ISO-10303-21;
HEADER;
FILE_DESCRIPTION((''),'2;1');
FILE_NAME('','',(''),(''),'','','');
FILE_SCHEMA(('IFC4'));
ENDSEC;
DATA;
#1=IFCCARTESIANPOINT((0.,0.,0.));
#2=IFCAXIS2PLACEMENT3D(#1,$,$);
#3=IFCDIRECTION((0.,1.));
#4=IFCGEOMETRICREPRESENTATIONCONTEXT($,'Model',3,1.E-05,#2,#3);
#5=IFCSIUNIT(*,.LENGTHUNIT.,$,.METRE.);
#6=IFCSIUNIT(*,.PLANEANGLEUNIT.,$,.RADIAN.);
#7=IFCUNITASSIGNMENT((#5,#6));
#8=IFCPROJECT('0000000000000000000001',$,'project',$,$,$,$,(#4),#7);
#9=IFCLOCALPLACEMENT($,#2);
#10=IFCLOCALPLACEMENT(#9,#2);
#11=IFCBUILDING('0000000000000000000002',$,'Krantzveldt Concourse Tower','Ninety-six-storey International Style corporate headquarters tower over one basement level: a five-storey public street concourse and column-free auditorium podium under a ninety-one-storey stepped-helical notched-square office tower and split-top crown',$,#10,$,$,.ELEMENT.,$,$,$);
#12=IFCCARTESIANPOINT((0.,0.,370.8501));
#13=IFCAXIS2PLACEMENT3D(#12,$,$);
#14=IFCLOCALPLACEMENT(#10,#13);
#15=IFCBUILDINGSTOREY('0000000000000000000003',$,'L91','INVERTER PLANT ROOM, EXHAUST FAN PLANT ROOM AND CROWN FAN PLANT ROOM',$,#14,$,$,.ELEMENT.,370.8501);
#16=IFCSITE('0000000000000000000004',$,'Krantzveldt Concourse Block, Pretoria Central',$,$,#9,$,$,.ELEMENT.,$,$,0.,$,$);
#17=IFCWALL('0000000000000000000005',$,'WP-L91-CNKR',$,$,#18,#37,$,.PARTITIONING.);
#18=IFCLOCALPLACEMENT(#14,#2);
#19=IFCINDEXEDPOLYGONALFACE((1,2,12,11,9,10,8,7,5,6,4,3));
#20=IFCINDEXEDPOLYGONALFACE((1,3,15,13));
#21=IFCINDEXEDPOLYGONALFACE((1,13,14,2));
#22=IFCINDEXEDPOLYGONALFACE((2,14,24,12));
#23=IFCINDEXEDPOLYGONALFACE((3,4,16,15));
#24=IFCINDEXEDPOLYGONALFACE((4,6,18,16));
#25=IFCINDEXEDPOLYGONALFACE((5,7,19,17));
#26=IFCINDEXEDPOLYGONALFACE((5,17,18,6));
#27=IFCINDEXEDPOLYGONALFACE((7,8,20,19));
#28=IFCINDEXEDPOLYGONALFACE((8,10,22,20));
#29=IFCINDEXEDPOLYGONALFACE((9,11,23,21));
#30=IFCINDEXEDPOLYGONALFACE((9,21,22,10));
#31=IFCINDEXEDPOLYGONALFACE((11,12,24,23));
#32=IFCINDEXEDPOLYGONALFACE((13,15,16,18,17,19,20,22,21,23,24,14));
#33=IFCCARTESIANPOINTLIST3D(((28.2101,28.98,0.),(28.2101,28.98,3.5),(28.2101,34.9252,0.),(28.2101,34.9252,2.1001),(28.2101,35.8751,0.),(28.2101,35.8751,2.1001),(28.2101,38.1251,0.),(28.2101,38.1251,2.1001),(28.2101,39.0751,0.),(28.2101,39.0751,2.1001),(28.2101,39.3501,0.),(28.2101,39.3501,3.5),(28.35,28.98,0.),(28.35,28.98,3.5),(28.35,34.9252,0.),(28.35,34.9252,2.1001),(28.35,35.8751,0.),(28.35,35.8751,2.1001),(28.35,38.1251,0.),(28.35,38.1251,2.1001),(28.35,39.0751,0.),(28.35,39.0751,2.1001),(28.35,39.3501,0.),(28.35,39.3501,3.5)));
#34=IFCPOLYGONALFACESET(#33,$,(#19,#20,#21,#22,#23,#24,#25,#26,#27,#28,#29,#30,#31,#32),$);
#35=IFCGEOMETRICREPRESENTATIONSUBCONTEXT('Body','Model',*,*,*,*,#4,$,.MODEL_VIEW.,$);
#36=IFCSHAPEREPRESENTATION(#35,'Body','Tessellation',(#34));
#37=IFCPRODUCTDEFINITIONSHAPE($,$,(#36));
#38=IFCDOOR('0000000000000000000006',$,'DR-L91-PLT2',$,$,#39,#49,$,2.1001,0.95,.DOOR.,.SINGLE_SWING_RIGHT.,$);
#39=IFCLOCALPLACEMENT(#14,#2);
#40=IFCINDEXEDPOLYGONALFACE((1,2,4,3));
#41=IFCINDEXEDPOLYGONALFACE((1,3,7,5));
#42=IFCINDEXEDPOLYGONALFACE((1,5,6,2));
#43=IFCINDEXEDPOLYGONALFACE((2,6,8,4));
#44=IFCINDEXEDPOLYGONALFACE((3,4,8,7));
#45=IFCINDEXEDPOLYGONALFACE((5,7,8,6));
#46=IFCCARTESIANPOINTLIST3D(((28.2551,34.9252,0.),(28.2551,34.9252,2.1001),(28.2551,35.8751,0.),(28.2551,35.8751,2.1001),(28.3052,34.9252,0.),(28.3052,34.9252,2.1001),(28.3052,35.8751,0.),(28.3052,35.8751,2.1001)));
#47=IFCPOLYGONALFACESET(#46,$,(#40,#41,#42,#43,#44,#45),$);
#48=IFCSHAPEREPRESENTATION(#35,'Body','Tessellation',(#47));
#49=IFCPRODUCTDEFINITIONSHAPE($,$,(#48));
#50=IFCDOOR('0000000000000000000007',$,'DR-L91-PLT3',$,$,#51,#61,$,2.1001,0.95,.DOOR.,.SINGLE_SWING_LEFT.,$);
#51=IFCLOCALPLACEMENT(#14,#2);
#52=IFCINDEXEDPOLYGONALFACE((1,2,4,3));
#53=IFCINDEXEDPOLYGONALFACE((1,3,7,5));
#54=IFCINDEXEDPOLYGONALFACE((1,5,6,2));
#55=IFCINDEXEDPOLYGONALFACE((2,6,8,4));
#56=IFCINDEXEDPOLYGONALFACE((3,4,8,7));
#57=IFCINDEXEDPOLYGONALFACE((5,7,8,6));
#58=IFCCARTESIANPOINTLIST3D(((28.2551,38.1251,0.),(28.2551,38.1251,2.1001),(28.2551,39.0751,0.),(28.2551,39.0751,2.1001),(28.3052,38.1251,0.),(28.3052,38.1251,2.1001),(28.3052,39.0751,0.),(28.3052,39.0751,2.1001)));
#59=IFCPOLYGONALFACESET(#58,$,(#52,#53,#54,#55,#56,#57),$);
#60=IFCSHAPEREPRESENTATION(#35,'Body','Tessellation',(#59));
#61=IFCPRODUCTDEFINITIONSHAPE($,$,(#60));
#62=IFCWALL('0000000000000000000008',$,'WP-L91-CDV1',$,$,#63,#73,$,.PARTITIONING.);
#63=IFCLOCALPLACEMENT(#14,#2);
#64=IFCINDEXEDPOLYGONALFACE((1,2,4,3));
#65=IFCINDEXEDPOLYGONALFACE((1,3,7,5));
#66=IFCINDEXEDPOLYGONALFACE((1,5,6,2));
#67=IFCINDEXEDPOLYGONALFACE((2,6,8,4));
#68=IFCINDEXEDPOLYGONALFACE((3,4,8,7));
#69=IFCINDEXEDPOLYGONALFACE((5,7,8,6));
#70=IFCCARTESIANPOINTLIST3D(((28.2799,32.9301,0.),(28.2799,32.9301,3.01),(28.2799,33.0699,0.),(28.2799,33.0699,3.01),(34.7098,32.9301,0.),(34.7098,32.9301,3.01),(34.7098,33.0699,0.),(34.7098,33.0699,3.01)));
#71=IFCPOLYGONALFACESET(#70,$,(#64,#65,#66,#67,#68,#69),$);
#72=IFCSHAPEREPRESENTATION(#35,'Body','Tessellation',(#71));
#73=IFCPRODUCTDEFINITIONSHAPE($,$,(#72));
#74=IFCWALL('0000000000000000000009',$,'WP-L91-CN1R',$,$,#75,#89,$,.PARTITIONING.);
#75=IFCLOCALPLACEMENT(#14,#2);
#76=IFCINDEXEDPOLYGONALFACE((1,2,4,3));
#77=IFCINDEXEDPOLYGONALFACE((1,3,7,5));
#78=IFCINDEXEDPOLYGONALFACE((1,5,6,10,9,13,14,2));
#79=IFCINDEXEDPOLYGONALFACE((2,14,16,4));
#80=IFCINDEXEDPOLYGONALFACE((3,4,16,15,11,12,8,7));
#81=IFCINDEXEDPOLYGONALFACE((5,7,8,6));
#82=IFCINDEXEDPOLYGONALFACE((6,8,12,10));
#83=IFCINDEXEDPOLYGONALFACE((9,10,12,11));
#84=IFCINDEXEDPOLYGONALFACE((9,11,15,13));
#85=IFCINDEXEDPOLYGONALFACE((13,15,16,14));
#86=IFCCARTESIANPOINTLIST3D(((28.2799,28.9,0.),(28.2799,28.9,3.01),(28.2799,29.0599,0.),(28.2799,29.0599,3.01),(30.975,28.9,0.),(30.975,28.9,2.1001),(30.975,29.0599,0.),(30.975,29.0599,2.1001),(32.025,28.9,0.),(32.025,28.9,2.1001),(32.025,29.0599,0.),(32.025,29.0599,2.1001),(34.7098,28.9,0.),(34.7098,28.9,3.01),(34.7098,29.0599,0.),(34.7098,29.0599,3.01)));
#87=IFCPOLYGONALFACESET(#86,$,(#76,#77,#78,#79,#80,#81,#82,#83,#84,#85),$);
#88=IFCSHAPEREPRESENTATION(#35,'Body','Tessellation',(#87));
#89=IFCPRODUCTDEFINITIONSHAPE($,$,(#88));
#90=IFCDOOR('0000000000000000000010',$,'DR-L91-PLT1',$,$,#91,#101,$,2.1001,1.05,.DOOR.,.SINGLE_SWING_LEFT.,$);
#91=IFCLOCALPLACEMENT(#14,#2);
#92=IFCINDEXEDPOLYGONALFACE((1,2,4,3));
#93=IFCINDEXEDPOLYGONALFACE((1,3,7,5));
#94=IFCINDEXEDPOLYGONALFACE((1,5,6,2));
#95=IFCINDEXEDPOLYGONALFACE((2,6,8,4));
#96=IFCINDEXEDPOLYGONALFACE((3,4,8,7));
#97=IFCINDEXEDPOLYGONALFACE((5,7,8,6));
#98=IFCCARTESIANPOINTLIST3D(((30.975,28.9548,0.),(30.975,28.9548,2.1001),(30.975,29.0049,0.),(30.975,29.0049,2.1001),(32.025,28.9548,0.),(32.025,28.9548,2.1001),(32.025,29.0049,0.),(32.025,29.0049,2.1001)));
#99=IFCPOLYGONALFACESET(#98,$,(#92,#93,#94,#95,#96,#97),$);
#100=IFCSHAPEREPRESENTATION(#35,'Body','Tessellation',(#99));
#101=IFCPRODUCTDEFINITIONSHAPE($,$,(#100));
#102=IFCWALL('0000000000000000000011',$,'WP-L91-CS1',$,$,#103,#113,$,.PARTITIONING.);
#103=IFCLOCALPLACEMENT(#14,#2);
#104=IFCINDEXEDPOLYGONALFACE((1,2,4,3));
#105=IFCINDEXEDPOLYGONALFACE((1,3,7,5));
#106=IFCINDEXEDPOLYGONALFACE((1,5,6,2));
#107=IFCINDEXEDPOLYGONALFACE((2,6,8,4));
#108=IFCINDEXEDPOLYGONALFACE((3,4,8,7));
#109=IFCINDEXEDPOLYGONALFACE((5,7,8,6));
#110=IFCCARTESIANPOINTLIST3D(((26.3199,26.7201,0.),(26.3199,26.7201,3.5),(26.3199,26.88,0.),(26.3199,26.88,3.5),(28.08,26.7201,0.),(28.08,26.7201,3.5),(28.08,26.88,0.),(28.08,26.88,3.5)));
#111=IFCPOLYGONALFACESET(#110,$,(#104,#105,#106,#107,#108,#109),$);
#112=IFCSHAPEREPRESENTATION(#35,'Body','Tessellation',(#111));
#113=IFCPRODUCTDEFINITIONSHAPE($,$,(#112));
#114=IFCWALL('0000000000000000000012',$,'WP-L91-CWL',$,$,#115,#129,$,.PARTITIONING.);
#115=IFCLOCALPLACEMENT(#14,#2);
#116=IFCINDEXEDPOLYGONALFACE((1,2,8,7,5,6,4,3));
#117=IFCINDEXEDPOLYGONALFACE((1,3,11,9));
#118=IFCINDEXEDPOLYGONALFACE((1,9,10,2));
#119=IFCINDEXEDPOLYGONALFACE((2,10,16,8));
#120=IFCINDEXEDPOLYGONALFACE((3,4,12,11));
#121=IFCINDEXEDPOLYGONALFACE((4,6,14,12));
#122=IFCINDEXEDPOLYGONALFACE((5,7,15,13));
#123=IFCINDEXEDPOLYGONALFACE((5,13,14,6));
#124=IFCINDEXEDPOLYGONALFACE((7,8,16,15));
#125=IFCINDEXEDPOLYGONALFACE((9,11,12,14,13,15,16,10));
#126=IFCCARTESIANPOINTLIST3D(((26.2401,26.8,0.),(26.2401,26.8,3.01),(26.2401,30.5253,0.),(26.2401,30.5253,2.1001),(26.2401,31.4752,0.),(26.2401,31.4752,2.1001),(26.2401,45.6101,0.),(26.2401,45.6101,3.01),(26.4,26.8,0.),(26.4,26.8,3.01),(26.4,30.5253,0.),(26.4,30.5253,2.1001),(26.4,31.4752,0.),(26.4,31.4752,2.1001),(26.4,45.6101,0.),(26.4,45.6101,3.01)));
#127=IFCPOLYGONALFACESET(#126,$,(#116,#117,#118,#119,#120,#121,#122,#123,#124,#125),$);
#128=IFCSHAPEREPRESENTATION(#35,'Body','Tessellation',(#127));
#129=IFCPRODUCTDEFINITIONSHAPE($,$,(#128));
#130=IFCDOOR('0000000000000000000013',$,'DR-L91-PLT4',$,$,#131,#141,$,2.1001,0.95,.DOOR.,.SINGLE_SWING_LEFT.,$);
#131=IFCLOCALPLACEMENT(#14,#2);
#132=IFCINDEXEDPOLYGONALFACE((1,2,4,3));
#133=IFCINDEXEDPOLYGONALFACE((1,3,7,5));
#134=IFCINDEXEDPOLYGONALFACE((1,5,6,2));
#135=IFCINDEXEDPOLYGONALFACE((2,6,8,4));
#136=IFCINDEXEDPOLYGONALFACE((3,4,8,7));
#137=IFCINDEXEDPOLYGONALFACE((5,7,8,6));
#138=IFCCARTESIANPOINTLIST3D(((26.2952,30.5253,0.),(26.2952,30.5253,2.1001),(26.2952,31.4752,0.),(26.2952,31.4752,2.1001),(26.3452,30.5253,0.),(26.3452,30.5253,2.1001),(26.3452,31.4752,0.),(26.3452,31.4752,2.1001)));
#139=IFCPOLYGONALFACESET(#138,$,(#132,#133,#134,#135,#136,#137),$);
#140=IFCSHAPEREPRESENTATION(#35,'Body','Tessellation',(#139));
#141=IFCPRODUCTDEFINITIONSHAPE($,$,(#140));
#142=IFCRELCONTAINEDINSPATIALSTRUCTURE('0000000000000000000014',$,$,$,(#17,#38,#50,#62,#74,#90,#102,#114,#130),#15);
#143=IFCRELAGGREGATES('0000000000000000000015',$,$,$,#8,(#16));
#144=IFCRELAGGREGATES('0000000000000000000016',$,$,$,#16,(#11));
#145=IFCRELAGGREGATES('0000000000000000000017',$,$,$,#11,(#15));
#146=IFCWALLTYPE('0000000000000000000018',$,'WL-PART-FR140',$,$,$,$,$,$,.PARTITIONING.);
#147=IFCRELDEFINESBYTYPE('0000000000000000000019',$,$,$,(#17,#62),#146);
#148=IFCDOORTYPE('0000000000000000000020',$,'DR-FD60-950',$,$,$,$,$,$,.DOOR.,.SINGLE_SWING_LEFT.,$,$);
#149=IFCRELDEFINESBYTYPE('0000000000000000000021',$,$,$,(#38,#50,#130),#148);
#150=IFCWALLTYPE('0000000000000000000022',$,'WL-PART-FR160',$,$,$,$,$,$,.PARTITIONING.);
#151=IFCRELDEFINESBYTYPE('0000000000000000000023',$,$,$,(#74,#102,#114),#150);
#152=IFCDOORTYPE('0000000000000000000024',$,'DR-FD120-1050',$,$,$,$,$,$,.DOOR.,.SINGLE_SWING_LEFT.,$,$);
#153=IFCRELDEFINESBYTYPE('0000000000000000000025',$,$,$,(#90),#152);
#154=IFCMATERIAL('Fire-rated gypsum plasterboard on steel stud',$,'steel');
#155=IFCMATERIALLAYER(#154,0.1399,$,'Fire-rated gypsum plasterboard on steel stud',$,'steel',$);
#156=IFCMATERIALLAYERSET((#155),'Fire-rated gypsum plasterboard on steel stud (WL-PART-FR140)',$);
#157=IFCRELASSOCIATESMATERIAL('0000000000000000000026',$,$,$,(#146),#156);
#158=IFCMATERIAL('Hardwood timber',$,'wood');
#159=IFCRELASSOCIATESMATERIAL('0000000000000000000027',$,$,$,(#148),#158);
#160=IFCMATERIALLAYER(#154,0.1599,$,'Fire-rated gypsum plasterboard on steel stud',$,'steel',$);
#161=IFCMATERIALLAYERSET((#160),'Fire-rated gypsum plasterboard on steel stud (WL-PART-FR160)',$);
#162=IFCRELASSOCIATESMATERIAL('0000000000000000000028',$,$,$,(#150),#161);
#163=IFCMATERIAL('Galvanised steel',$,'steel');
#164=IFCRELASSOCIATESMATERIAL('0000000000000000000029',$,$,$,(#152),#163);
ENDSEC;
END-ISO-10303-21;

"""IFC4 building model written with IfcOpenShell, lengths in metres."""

from ifc_helpers import new_model, si_unit, direction, frame, frame_2d, origin, place, context, subcontext, project, spatial, rectangle, extrude, material, layer, layer_set, type_object, element, fill, save


model = new_model("IFC4")

# Units and contexts
model_context = context("Model", 3, precision=1e-05, world=origin(), true_north=direction((0.0, 1.0)))
body_context = subcontext(model_context, "Body", "Model", "MODEL_VIEW")
ifc_project = project(units=[si_unit("LENGTHUNIT", "METRE"), si_unit("PLANEANGLEUNIT", "RADIAN")], contexts=[model_context])

# Site, building, storey
site_placement = place(None, origin())
site = spatial("IfcSite", under=ifc_project, at=site_placement, Name="Krantzveldt Concourse Block, Pretoria Central", CompositionType="ELEMENT", RefElevation=0.0)
building_placement = place(site_placement, origin())
building = spatial("IfcBuilding", under=site, at=building_placement, Name="Krantzveldt Concourse Tower", Description="Ninety-six-storey International Style corporate headquarters tower over one basement level: a five-storey public street concourse and column-free auditorium podium under a ninety-one-storey stepped-helical notched-square office tower and split-top crown", CompositionType="ELEMENT")
storey_placement = place(building_placement, frame((0.0, 0.0, 370.8501)))
storey = spatial("IfcBuildingStorey", under=building, at=storey_placement, Name="L91", Description="INVERTER PLANT ROOM, EXHAUST FAN PLANT ROOM AND CROWN FAN PLANT ROOM", CompositionType="ELEMENT", Elevation=370.8501)

# Shared definitions
ifc_material_1 = material(Name="Fire-rated gypsum plasterboard on steel stud", Category="steel")
ifc_layer_1 = layer(ifc_material_1, 0.1399, Name="Fire-rated gypsum plasterboard on steel stud", Category="steel")
ifc_layer_set_1 = layer_set([ifc_layer_1], Name="Fire-rated gypsum plasterboard on steel stud (WL-PART-FR140)")
wall_type_1 = type_object("IfcWallType", Name="WL-PART-FR140", PredefinedType="PARTITIONING", material=ifc_layer_set_1)

# Wall, openings, doors
wall_1_placement = place(storey_placement, frame((28.28, 28.98, 0.0), z_axis=(0.0, 0.0, 1.0), x_axis=(0.0, 1.0, 0.0)))
wall_1 = element("IfcWall", 1, at=wall_1_placement, inside=storey, type_object=wall_type_1, Name="WP-L91-CNKR", PredefinedType="PARTITIONING", context=body_context, shape_type="SweptSolid", body=[
    extrude(rectangle(XDim=10.3701, YDim=0.1399, at=frame_2d((5.1851, 0.0))), origin(), (0.0, 0.0, 1.0), 3.5),
])
opening_1_placement = place(wall_1_placement, frame((5.9451, 0.0, 0.0)))
opening_1 = element("IfcOpeningElement", 2, at=opening_1_placement, cuts=wall_1, PredefinedType="OPENING", context=body_context, shape_type="SweptSolid", body=[
    extrude(rectangle(XDim=0.95, YDim=2.1001, at=frame_2d((0.4751, 1.05))), frame((0.0, 0.0801, 0.0), z_axis=(0.0, -1.0, 0.0), x_axis=(1.0, 0.0, 0.0)), (0.0, 0.0, 1.0), 0.1599),
])
opening_2_placement = place(wall_1_placement, frame((9.145, 0.0, 0.0)))
opening_2 = element("IfcOpeningElement", 3, at=opening_2_placement, cuts=wall_1, PredefinedType="OPENING", context=body_context, shape_type="SweptSolid", body=[
    extrude(rectangle(XDim=0.95, YDim=2.1001, at=frame_2d((0.4751, 1.05))), frame((0.0, 0.0801, 0.0), z_axis=(0.0, -1.0, 0.0), x_axis=(1.0, 0.0, 0.0)), (0.0, 0.0, 1.0), 0.1599),
])
ifc_material_2 = material(Name="Hardwood timber", Category="wood")
door_type_1 = type_object("IfcDoorType", Name="DR-FD60-950", OperationType="SINGLE_SWING_LEFT", PredefinedType="DOOR", material=ifc_material_2)
door_1_placement = place(opening_1_placement, origin())
door_1 = element("IfcDoor", 4, at=door_1_placement, inside=storey, type_object=door_type_1, Name="DR-L91-PLT2", OperationType="SINGLE_SWING_RIGHT", OverallHeight=2.1001, OverallWidth=0.95, PredefinedType="DOOR", context=body_context, shape_type="SweptSolid", body=[
    extrude(rectangle(XDim=0.95, YDim=2.1001, at=frame_2d((0.4751, 1.05))), frame((0.0, 0.0249, 0.0), z_axis=(0.0, -1.0, 0.0), x_axis=(1.0, 0.0, 0.0)), (0.0, 0.0, 1.0), 0.05),
])
fill(opening_1, door_1)
door_2_placement = place(opening_2_placement, origin())
door_2 = element("IfcDoor", 5, at=door_2_placement, inside=storey, type_object=door_type_1, Name="DR-L91-PLT3", OperationType="SINGLE_SWING_LEFT", OverallHeight=2.1001, OverallWidth=0.95, PredefinedType="DOOR", context=body_context, shape_type="SweptSolid", body=[
    extrude(rectangle(XDim=0.95, YDim=2.1001, at=frame_2d((0.4751, 1.05))), frame((0.0, 0.0249, 0.0), z_axis=(0.0, -1.0, 0.0), x_axis=(1.0, 0.0, 0.0)), (0.0, 0.0, 1.0), 0.05),
])
fill(opening_2, door_2)

# Wall
wall_2_placement = place(storey_placement, frame((28.28, 33.0, 0.0), z_axis=(0.0, 0.0, 1.0), x_axis=(1.0, 0.0, 0.0)))
element("IfcWall", 6, at=wall_2_placement, inside=storey, type_object=wall_type_1, Name="WP-L91-CDV1", PredefinedType="PARTITIONING", context=body_context, shape_type="SweptSolid", body=[
    extrude(rectangle(XDim=6.4299, YDim=0.1399, at=frame_2d((3.2148, 0.0))), origin(), (0.0, 0.0, 1.0), 3.01),
])

# Wall, opening, door
ifc_layer_2 = layer(ifc_material_1, 0.1599, Name="Fire-rated gypsum plasterboard on steel stud", Category="steel")
ifc_layer_set_2 = layer_set([ifc_layer_2], Name="Fire-rated gypsum plasterboard on steel stud (WL-PART-FR160)")
wall_type_2 = type_object("IfcWallType", Name="WL-PART-FR160", PredefinedType="PARTITIONING", material=ifc_layer_set_2)
wall_3_placement = place(storey_placement, frame((28.28, 28.98, 0.0), z_axis=(0.0, 0.0, 1.0), x_axis=(1.0, 0.0, 0.0)))
wall_3 = element("IfcWall", 7, at=wall_3_placement, inside=storey, type_object=wall_type_2, Name="WP-L91-CN1R", PredefinedType="PARTITIONING", context=body_context, shape_type="SweptSolid", body=[
    extrude(rectangle(XDim=6.4299, YDim=0.1599, at=frame_2d((3.2148, 0.0))), origin(), (0.0, 0.0, 1.0), 3.01),
])
opening_3_placement = place(wall_3_placement, frame((2.6951, 0.0, 0.0)))
opening_3 = element("IfcOpeningElement", 8, at=opening_3_placement, cuts=wall_3, PredefinedType="OPENING", context=body_context, shape_type="SweptSolid", body=[
    extrude(rectangle(XDim=1.05, YDim=2.1001, at=frame_2d((0.5249, 1.05))), frame((0.0, 0.0898, 0.0), z_axis=(0.0, -1.0, 0.0), x_axis=(1.0, 0.0, 0.0)), (0.0, 0.0, 1.0), 0.1799),
])
ifc_material_3 = material(Name="Galvanised steel", Category="steel")
door_type_2 = type_object("IfcDoorType", Name="DR-FD120-1050", OperationType="SINGLE_SWING_LEFT", PredefinedType="DOOR", material=ifc_material_3)
door_3_placement = place(opening_3_placement, origin())
door_3 = element("IfcDoor", 9, at=door_3_placement, inside=storey, type_object=door_type_2, Name="DR-L91-PLT1", OperationType="SINGLE_SWING_LEFT", OverallHeight=2.1001, OverallWidth=1.05, PredefinedType="DOOR", context=body_context, shape_type="SweptSolid", body=[
    extrude(rectangle(XDim=1.05, YDim=2.1001, at=frame_2d((0.5249, 1.05))), frame((0.0, 0.0249, 0.0), z_axis=(0.0, -1.0, 0.0), x_axis=(1.0, 0.0, 0.0)), (0.0, 0.0, 1.0), 0.05),
])
fill(opening_3, door_3)

# Wall
wall_4_placement = place(storey_placement, frame((26.3201, 26.8, 0.0), z_axis=(0.0, 0.0, 1.0), x_axis=(1.0, 0.0, 0.0)))
element("IfcWall", 10, at=wall_4_placement, inside=storey, type_object=wall_type_2, Name="WP-L91-CS1", PredefinedType="PARTITIONING", context=body_context, shape_type="SweptSolid", body=[
    extrude(rectangle(XDim=1.76, YDim=0.1599, at=frame_2d((0.8799, 0.0))), origin(), (0.0, 0.0, 1.0), 3.5),
])

# Wall, opening, door
wall_5_placement = place(storey_placement, frame((26.3201, 26.8, 0.0), z_axis=(0.0, 0.0, 1.0), x_axis=(0.0, 1.0, 0.0)))
wall_5 = element("IfcWall", 11, at=wall_5_placement, inside=storey, type_object=wall_type_2, Name="WP-L91-CWL", PredefinedType="PARTITIONING", context=body_context, shape_type="SweptSolid", body=[
    extrude(rectangle(XDim=18.8101, YDim=0.1599, at=frame_2d((9.405, 0.0))), origin(), (0.0, 0.0, 1.0), 3.01),
])
opening_4_placement = place(wall_5_placement, frame((3.7251, 0.0, 0.0)))
opening_4 = element("IfcOpeningElement", 12, at=opening_4_placement, cuts=wall_5, PredefinedType="OPENING", context=body_context, shape_type="SweptSolid", body=[
    extrude(rectangle(XDim=0.95, YDim=2.1001, at=frame_2d((0.4751, 1.05))), frame((0.0, 0.0898, 0.0), z_axis=(0.0, -1.0, 0.0), x_axis=(1.0, 0.0, 0.0)), (0.0, 0.0, 1.0), 0.1799),
])
door_4_placement = place(opening_4_placement, origin())
door_4 = element("IfcDoor", 13, at=door_4_placement, inside=storey, type_object=door_type_1, Name="DR-L91-PLT4", OperationType="SINGLE_SWING_LEFT", OverallHeight=2.1001, OverallWidth=0.95, PredefinedType="DOOR", context=body_context, shape_type="SweptSolid", body=[
    extrude(rectangle(XDim=0.95, YDim=2.1001, at=frame_2d((0.4751, 1.05))), frame((0.0, 0.0249, 0.0), z_axis=(0.0, -1.0, 0.0), x_axis=(1.0, 0.0, 0.0)), (0.0, 0.0, 1.0), 0.05),
])
fill(opening_4, door_4)

save(model, "model.ifc")
